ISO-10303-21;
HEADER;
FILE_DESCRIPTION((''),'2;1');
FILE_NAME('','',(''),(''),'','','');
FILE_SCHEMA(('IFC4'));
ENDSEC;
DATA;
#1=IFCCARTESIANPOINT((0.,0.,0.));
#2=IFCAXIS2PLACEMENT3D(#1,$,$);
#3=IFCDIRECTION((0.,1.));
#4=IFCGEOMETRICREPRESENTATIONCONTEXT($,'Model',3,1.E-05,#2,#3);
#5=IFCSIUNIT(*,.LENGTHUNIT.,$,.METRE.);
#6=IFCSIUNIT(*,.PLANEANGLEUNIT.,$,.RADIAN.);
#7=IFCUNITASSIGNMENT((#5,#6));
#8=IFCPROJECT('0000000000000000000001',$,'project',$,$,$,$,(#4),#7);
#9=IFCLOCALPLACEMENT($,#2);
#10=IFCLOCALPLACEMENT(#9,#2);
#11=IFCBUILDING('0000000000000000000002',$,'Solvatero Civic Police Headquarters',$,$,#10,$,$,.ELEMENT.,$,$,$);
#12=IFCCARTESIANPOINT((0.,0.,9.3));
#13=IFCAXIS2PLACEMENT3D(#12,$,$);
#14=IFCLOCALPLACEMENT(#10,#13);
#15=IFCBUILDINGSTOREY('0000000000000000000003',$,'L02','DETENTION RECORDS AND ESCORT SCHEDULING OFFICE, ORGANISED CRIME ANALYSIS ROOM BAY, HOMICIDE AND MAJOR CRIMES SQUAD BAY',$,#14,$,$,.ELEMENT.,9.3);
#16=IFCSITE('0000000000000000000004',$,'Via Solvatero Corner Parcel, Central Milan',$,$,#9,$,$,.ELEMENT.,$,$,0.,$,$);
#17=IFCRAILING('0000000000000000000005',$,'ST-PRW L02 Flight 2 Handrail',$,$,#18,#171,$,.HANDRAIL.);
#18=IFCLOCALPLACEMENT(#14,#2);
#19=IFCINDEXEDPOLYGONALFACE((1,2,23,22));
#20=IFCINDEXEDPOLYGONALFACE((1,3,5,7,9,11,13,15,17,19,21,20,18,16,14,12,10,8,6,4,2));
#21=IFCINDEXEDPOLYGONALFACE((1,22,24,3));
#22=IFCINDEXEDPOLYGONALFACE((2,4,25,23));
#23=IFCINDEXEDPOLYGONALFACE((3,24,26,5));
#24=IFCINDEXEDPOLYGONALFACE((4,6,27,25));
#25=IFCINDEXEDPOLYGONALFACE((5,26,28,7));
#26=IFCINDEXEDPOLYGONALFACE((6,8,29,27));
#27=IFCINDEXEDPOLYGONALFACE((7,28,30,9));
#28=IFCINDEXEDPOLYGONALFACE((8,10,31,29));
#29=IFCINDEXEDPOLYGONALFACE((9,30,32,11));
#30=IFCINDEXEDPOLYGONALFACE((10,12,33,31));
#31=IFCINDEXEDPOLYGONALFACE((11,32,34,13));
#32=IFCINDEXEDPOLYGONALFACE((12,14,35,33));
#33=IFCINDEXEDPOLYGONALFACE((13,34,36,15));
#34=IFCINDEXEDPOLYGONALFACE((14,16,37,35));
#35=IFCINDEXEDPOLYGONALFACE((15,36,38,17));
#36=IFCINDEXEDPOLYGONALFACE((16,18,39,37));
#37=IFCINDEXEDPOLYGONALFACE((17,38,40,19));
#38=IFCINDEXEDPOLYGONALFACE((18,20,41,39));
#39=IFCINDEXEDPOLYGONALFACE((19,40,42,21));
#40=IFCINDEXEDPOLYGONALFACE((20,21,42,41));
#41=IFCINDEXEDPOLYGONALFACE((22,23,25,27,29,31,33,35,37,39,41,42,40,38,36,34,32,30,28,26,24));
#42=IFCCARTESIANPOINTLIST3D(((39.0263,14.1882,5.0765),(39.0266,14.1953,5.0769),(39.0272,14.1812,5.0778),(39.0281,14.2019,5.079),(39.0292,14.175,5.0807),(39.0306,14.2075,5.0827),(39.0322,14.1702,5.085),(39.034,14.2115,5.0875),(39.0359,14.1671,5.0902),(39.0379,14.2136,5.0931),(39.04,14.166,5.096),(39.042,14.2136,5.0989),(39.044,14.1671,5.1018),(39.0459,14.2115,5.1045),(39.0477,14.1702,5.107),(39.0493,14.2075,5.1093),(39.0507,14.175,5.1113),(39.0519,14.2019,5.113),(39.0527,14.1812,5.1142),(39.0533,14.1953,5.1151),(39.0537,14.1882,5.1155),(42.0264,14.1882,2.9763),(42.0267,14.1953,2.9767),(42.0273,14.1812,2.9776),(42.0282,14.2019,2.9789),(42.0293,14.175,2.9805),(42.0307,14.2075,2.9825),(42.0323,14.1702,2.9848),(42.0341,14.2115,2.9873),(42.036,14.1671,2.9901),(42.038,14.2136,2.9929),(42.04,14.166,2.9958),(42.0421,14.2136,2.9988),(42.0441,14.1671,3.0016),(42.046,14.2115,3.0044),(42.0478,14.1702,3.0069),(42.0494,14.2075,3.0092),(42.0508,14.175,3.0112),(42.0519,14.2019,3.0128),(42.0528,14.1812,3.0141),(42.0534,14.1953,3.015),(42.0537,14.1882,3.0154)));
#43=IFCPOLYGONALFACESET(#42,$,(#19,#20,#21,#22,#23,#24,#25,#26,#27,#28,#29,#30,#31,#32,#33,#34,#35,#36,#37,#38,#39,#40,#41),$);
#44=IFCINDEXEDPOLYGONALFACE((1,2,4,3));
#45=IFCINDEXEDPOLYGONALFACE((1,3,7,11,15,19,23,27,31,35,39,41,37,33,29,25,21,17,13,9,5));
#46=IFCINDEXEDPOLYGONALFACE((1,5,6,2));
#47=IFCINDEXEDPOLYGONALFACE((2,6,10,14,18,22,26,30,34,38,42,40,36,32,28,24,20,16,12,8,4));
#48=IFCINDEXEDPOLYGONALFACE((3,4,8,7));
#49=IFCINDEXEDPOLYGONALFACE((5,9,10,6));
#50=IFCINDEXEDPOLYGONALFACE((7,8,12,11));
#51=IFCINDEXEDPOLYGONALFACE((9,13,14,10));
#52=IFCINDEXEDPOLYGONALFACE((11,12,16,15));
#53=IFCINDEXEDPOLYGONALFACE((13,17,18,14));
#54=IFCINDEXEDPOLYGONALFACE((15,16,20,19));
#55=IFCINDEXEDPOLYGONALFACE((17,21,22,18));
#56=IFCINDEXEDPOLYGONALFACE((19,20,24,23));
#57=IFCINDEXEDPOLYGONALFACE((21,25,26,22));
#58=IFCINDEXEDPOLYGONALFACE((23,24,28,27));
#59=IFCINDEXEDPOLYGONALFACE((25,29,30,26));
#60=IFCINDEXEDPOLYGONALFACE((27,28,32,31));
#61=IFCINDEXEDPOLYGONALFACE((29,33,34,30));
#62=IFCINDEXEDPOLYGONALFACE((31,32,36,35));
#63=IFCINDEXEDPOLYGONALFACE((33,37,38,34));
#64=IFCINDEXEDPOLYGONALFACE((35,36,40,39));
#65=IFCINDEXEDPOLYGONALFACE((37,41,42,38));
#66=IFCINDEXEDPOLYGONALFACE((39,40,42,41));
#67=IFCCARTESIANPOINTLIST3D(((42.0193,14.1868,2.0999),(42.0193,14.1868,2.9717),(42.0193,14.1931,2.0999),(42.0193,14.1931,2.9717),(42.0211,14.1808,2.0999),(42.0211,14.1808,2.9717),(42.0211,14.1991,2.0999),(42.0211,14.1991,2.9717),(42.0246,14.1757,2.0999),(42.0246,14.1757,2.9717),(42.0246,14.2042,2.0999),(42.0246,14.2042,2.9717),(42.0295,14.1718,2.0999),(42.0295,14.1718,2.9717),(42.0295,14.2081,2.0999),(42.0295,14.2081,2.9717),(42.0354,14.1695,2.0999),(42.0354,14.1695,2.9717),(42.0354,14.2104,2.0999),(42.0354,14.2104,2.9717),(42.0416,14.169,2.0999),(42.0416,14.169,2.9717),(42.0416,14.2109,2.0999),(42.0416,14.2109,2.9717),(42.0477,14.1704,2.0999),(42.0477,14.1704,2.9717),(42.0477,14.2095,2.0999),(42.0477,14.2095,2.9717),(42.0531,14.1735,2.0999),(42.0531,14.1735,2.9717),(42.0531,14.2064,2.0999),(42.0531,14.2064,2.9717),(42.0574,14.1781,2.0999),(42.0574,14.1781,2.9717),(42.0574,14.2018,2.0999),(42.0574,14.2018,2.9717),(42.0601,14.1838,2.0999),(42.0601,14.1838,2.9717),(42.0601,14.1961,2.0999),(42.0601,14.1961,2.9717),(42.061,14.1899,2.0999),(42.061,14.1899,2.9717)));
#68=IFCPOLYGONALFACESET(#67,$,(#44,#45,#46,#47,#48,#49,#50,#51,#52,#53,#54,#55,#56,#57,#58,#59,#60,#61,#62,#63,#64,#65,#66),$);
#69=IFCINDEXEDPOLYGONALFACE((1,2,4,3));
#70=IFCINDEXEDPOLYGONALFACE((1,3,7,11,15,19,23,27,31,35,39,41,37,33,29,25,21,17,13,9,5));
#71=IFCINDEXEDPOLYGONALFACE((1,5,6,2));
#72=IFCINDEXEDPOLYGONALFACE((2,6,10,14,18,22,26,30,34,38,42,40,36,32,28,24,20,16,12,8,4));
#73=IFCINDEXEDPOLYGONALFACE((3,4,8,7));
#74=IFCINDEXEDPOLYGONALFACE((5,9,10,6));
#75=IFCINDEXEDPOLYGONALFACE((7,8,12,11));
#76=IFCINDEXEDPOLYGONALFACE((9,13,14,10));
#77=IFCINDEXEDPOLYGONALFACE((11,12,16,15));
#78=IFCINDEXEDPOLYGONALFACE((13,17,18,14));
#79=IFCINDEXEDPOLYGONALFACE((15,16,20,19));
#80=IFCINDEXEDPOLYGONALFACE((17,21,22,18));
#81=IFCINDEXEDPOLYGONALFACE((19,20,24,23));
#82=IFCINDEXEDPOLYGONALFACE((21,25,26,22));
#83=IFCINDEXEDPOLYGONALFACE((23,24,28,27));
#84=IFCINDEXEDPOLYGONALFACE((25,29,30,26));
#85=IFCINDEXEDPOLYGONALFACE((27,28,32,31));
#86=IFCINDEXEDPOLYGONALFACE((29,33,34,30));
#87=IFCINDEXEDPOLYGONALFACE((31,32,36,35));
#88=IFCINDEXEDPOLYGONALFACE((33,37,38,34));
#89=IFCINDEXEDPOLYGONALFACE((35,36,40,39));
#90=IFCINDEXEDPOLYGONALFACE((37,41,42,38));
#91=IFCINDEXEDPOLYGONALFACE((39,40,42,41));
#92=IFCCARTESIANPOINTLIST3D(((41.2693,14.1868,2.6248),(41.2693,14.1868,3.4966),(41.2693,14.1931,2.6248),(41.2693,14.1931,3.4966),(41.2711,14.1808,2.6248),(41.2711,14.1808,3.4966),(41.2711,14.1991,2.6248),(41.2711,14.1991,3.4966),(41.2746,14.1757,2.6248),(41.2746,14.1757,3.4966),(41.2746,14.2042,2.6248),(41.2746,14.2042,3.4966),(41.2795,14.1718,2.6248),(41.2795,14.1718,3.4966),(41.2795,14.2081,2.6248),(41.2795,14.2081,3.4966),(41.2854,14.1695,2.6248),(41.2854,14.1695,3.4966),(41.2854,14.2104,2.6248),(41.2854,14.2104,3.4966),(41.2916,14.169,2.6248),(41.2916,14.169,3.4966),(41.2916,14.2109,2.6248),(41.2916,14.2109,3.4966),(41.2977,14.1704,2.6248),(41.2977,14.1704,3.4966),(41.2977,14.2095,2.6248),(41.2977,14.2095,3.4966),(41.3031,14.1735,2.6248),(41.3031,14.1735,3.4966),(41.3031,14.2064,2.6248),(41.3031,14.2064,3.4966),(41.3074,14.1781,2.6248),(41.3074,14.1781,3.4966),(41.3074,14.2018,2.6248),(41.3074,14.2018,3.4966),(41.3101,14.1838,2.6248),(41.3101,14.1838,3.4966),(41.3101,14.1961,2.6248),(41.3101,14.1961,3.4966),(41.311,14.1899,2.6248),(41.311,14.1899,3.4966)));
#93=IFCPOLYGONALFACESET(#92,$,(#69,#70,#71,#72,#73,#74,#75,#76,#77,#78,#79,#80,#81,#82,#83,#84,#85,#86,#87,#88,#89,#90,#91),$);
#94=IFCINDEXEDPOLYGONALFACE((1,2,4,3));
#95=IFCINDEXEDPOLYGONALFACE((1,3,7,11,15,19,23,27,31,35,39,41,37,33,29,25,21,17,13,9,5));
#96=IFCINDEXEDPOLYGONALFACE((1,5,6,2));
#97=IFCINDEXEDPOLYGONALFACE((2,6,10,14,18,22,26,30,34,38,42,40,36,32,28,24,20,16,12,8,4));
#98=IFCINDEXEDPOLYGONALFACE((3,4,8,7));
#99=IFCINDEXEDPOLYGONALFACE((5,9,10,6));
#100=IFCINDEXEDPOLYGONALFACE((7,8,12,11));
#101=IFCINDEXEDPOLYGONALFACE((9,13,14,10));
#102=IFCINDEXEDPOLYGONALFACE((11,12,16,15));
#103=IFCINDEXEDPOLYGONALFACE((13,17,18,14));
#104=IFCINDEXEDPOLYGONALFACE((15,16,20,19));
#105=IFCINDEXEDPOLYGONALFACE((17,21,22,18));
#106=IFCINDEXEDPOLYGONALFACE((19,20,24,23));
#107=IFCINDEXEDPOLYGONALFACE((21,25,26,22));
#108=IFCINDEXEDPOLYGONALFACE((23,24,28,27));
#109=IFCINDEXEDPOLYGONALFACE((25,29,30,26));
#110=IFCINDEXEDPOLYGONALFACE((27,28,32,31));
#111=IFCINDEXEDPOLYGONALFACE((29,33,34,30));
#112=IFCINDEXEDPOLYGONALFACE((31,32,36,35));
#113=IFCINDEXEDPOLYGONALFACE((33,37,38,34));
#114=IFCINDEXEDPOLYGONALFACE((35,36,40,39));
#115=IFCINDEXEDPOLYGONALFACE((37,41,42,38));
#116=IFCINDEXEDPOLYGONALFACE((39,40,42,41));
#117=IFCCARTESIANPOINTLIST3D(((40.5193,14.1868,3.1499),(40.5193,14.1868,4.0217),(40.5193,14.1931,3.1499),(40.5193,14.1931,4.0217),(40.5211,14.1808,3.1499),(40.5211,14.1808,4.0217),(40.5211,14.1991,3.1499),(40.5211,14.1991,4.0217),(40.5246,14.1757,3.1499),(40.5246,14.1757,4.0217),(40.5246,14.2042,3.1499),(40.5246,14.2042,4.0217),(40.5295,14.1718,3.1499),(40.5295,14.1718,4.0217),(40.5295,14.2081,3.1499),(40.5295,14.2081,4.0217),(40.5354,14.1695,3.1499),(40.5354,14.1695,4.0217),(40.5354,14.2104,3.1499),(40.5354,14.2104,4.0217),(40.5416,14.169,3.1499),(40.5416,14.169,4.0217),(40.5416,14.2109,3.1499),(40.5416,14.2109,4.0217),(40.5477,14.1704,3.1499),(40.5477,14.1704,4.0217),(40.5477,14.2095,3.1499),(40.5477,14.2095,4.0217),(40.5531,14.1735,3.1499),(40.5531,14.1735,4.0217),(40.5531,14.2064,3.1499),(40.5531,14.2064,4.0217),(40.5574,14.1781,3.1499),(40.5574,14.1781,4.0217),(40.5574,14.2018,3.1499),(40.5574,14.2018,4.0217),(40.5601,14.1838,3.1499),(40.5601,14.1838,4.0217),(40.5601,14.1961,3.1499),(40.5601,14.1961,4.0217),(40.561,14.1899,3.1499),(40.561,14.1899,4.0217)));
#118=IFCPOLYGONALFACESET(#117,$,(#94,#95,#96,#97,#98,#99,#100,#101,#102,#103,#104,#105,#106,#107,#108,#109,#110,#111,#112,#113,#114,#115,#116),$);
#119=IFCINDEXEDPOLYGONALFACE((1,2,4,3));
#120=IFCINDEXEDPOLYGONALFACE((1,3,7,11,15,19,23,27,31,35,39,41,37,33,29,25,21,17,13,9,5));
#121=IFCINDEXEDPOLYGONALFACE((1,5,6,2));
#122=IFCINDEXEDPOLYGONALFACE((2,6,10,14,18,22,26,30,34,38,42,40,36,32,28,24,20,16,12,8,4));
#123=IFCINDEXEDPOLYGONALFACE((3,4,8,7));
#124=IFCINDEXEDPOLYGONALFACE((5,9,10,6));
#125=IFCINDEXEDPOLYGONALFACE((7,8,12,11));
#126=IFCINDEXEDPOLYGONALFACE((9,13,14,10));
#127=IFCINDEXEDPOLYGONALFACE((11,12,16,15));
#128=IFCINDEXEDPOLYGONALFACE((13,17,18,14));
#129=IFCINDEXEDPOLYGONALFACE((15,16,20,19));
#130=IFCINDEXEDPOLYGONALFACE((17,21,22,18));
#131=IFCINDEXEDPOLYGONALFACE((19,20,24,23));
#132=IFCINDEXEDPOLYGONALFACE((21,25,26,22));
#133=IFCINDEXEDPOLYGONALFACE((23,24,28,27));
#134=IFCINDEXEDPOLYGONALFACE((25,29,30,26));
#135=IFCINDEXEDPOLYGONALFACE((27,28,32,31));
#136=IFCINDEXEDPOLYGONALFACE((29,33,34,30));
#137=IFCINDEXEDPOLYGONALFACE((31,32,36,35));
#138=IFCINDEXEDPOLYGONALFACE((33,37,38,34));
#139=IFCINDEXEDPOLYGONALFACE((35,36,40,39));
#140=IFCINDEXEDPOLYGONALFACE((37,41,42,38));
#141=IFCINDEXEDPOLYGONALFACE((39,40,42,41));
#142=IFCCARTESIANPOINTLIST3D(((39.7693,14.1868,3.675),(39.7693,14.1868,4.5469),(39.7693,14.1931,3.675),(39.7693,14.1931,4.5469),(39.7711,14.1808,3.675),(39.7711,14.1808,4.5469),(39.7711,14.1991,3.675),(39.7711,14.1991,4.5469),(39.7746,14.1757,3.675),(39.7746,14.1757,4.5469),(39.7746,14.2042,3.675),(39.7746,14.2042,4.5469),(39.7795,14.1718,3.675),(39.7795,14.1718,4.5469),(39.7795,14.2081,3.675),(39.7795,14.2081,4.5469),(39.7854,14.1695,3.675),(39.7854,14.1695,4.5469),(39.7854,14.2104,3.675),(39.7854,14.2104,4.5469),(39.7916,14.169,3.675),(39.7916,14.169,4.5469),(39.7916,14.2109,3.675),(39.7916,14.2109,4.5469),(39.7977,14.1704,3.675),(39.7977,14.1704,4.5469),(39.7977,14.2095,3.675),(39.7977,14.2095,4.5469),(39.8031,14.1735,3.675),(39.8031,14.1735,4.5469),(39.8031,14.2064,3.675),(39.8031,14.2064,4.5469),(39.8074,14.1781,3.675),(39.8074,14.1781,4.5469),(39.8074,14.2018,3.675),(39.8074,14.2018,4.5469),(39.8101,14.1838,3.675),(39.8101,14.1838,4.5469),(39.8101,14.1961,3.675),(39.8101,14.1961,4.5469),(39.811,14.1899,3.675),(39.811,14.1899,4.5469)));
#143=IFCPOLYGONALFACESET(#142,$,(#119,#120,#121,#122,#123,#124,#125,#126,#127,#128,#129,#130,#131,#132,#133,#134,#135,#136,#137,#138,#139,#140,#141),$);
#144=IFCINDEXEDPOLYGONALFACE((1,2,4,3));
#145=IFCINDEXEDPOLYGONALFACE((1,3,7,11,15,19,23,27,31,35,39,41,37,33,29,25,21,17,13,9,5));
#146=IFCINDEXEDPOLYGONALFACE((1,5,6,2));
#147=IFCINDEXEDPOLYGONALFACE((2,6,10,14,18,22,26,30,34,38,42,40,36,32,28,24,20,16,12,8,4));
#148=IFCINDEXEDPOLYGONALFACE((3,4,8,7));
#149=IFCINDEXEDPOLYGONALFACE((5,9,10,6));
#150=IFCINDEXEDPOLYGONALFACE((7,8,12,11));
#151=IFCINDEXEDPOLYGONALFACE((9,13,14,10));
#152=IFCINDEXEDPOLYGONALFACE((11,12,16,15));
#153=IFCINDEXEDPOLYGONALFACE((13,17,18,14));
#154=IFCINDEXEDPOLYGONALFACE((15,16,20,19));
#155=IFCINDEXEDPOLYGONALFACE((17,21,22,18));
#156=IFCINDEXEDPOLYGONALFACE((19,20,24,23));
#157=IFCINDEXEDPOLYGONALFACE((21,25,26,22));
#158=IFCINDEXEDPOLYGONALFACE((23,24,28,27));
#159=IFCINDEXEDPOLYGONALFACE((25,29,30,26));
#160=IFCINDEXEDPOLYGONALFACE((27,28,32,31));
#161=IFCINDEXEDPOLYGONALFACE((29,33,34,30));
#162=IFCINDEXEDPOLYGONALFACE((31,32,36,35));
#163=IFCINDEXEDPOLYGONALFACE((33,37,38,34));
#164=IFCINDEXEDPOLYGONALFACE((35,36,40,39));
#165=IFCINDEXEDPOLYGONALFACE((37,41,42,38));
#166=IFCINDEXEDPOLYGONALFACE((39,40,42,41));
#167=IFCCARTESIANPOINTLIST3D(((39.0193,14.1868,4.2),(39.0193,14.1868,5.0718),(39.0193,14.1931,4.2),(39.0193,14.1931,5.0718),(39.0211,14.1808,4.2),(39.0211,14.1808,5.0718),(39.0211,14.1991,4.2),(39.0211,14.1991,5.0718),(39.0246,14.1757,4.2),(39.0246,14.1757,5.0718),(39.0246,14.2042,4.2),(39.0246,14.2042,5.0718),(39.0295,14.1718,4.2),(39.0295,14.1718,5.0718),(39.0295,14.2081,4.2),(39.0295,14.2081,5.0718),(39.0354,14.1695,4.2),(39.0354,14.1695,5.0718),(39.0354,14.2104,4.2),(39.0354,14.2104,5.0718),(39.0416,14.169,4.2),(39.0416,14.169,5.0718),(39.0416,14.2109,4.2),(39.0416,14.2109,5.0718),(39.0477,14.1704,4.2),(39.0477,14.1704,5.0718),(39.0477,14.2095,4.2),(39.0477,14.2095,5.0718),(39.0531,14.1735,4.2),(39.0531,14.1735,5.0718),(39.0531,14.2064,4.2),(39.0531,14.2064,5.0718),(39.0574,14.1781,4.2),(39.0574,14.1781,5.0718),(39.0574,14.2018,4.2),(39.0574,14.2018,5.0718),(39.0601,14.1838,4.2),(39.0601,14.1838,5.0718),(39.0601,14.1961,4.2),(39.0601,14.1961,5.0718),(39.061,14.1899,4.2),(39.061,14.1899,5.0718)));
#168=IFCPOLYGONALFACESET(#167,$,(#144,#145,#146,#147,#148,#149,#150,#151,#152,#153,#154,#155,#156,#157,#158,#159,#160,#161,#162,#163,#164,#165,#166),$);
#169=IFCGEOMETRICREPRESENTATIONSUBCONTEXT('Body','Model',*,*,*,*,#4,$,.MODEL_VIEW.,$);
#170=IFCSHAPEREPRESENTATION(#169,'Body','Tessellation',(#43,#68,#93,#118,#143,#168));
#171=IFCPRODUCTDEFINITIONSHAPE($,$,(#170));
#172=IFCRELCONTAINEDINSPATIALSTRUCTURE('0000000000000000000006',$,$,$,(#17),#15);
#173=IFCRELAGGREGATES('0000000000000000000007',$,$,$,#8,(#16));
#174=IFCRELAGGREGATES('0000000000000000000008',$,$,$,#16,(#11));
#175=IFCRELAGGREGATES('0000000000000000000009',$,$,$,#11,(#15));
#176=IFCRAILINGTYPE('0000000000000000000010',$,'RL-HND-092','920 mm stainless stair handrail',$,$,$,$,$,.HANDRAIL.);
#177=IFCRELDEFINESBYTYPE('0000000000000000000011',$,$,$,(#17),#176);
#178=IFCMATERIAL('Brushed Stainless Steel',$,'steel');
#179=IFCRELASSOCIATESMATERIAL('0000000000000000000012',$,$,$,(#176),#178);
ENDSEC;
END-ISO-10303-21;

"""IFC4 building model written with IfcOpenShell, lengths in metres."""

from ifc_helpers import new_model, si_unit, direction, frame, origin, origin_2d, place, context, subcontext, project, spatial, circle, extrude, material, type_object, element, save


model = new_model("IFC4")

# Units and contexts
model_context = context("Model", 3, precision=1e-05, world=origin(), true_north=direction((0.0, 1.0)))
body_context = subcontext(model_context, "Body", "Model", "MODEL_VIEW")
ifc_project = project(units=[si_unit("LENGTHUNIT", "METRE"), si_unit("PLANEANGLEUNIT", "RADIAN")], contexts=[model_context])

# Site, building, storey
site_placement = place(None, origin())
site = spatial("IfcSite", under=ifc_project, at=site_placement, Name="Via Solvatero Corner Parcel, Central Milan", CompositionType="ELEMENT", RefElevation=0.0)
building_placement = place(site_placement, origin())
building = spatial("IfcBuilding", under=site, at=building_placement, Name="Solvatero Civic Police Headquarters", CompositionType="ELEMENT")
storey_placement = place(building_placement, frame((0.0, 0.0, 9.3)))
storey = spatial("IfcBuildingStorey", under=building, at=storey_placement, Name="L02", Description="DETENTION RECORDS AND ESCORT SCHEDULING OFFICE, ORGANISED CRIME ANALYSIS ROOM BAY, HOMICIDE AND MAJOR CRIMES SQUAD BAY", CompositionType="ELEMENT", Elevation=9.3)

# Railing
ifc_material_1 = material(Name="Brushed Stainless Steel", Category="steel")
railing_type_1 = type_object("IfcRailingType", Name="RL-HND-092", Description="920 mm stainless stair handrail", PredefinedType="HANDRAIL", material=ifc_material_1)
railing_1_placement = place(storey_placement, frame((42.04, 14.1899, 2.0999)))
element("IfcRailing", 1, at=railing_1_placement, inside=storey, type_object=railing_type_1, Name="ST-PRW L02 Flight 2 Handrail", PredefinedType="HANDRAIL", context=body_context, shape_type="SweptSolid", body=[
    extrude(circle(Radius=0.0239, at=origin_2d()), frame((0.0, 0.0, 0.896), z_axis=(-0.819219, 0.0, 0.57348), x_axis=(0.0, -1.0, 0.0)), (0.0, 0.0, 1.0), 3.6621),
    extrude(circle(Radius=0.021, at=origin_2d()), origin(), (0.0, 0.0, 1.0), 0.8718),
    extrude(circle(Radius=0.021, at=origin_2d()), frame((-0.75, 0.0, 0.5249)), (0.0, 0.0, 1.0), 0.8718),
    extrude(circle(Radius=0.021, at=origin_2d()), frame((-1.5, 0.0, 1.05)), (0.0, 0.0, 1.0), 0.8718),
    extrude(circle(Radius=0.021, at=origin_2d()), frame((-2.25, 0.0, 1.5752)), (0.0, 0.0, 1.0), 0.8718),
    extrude(circle(Radius=0.021, at=origin_2d()), frame((-3.0, 0.0, 2.1001)), (0.0, 0.0, 1.0), 0.8718),
])

save(model, "model.ifc")
